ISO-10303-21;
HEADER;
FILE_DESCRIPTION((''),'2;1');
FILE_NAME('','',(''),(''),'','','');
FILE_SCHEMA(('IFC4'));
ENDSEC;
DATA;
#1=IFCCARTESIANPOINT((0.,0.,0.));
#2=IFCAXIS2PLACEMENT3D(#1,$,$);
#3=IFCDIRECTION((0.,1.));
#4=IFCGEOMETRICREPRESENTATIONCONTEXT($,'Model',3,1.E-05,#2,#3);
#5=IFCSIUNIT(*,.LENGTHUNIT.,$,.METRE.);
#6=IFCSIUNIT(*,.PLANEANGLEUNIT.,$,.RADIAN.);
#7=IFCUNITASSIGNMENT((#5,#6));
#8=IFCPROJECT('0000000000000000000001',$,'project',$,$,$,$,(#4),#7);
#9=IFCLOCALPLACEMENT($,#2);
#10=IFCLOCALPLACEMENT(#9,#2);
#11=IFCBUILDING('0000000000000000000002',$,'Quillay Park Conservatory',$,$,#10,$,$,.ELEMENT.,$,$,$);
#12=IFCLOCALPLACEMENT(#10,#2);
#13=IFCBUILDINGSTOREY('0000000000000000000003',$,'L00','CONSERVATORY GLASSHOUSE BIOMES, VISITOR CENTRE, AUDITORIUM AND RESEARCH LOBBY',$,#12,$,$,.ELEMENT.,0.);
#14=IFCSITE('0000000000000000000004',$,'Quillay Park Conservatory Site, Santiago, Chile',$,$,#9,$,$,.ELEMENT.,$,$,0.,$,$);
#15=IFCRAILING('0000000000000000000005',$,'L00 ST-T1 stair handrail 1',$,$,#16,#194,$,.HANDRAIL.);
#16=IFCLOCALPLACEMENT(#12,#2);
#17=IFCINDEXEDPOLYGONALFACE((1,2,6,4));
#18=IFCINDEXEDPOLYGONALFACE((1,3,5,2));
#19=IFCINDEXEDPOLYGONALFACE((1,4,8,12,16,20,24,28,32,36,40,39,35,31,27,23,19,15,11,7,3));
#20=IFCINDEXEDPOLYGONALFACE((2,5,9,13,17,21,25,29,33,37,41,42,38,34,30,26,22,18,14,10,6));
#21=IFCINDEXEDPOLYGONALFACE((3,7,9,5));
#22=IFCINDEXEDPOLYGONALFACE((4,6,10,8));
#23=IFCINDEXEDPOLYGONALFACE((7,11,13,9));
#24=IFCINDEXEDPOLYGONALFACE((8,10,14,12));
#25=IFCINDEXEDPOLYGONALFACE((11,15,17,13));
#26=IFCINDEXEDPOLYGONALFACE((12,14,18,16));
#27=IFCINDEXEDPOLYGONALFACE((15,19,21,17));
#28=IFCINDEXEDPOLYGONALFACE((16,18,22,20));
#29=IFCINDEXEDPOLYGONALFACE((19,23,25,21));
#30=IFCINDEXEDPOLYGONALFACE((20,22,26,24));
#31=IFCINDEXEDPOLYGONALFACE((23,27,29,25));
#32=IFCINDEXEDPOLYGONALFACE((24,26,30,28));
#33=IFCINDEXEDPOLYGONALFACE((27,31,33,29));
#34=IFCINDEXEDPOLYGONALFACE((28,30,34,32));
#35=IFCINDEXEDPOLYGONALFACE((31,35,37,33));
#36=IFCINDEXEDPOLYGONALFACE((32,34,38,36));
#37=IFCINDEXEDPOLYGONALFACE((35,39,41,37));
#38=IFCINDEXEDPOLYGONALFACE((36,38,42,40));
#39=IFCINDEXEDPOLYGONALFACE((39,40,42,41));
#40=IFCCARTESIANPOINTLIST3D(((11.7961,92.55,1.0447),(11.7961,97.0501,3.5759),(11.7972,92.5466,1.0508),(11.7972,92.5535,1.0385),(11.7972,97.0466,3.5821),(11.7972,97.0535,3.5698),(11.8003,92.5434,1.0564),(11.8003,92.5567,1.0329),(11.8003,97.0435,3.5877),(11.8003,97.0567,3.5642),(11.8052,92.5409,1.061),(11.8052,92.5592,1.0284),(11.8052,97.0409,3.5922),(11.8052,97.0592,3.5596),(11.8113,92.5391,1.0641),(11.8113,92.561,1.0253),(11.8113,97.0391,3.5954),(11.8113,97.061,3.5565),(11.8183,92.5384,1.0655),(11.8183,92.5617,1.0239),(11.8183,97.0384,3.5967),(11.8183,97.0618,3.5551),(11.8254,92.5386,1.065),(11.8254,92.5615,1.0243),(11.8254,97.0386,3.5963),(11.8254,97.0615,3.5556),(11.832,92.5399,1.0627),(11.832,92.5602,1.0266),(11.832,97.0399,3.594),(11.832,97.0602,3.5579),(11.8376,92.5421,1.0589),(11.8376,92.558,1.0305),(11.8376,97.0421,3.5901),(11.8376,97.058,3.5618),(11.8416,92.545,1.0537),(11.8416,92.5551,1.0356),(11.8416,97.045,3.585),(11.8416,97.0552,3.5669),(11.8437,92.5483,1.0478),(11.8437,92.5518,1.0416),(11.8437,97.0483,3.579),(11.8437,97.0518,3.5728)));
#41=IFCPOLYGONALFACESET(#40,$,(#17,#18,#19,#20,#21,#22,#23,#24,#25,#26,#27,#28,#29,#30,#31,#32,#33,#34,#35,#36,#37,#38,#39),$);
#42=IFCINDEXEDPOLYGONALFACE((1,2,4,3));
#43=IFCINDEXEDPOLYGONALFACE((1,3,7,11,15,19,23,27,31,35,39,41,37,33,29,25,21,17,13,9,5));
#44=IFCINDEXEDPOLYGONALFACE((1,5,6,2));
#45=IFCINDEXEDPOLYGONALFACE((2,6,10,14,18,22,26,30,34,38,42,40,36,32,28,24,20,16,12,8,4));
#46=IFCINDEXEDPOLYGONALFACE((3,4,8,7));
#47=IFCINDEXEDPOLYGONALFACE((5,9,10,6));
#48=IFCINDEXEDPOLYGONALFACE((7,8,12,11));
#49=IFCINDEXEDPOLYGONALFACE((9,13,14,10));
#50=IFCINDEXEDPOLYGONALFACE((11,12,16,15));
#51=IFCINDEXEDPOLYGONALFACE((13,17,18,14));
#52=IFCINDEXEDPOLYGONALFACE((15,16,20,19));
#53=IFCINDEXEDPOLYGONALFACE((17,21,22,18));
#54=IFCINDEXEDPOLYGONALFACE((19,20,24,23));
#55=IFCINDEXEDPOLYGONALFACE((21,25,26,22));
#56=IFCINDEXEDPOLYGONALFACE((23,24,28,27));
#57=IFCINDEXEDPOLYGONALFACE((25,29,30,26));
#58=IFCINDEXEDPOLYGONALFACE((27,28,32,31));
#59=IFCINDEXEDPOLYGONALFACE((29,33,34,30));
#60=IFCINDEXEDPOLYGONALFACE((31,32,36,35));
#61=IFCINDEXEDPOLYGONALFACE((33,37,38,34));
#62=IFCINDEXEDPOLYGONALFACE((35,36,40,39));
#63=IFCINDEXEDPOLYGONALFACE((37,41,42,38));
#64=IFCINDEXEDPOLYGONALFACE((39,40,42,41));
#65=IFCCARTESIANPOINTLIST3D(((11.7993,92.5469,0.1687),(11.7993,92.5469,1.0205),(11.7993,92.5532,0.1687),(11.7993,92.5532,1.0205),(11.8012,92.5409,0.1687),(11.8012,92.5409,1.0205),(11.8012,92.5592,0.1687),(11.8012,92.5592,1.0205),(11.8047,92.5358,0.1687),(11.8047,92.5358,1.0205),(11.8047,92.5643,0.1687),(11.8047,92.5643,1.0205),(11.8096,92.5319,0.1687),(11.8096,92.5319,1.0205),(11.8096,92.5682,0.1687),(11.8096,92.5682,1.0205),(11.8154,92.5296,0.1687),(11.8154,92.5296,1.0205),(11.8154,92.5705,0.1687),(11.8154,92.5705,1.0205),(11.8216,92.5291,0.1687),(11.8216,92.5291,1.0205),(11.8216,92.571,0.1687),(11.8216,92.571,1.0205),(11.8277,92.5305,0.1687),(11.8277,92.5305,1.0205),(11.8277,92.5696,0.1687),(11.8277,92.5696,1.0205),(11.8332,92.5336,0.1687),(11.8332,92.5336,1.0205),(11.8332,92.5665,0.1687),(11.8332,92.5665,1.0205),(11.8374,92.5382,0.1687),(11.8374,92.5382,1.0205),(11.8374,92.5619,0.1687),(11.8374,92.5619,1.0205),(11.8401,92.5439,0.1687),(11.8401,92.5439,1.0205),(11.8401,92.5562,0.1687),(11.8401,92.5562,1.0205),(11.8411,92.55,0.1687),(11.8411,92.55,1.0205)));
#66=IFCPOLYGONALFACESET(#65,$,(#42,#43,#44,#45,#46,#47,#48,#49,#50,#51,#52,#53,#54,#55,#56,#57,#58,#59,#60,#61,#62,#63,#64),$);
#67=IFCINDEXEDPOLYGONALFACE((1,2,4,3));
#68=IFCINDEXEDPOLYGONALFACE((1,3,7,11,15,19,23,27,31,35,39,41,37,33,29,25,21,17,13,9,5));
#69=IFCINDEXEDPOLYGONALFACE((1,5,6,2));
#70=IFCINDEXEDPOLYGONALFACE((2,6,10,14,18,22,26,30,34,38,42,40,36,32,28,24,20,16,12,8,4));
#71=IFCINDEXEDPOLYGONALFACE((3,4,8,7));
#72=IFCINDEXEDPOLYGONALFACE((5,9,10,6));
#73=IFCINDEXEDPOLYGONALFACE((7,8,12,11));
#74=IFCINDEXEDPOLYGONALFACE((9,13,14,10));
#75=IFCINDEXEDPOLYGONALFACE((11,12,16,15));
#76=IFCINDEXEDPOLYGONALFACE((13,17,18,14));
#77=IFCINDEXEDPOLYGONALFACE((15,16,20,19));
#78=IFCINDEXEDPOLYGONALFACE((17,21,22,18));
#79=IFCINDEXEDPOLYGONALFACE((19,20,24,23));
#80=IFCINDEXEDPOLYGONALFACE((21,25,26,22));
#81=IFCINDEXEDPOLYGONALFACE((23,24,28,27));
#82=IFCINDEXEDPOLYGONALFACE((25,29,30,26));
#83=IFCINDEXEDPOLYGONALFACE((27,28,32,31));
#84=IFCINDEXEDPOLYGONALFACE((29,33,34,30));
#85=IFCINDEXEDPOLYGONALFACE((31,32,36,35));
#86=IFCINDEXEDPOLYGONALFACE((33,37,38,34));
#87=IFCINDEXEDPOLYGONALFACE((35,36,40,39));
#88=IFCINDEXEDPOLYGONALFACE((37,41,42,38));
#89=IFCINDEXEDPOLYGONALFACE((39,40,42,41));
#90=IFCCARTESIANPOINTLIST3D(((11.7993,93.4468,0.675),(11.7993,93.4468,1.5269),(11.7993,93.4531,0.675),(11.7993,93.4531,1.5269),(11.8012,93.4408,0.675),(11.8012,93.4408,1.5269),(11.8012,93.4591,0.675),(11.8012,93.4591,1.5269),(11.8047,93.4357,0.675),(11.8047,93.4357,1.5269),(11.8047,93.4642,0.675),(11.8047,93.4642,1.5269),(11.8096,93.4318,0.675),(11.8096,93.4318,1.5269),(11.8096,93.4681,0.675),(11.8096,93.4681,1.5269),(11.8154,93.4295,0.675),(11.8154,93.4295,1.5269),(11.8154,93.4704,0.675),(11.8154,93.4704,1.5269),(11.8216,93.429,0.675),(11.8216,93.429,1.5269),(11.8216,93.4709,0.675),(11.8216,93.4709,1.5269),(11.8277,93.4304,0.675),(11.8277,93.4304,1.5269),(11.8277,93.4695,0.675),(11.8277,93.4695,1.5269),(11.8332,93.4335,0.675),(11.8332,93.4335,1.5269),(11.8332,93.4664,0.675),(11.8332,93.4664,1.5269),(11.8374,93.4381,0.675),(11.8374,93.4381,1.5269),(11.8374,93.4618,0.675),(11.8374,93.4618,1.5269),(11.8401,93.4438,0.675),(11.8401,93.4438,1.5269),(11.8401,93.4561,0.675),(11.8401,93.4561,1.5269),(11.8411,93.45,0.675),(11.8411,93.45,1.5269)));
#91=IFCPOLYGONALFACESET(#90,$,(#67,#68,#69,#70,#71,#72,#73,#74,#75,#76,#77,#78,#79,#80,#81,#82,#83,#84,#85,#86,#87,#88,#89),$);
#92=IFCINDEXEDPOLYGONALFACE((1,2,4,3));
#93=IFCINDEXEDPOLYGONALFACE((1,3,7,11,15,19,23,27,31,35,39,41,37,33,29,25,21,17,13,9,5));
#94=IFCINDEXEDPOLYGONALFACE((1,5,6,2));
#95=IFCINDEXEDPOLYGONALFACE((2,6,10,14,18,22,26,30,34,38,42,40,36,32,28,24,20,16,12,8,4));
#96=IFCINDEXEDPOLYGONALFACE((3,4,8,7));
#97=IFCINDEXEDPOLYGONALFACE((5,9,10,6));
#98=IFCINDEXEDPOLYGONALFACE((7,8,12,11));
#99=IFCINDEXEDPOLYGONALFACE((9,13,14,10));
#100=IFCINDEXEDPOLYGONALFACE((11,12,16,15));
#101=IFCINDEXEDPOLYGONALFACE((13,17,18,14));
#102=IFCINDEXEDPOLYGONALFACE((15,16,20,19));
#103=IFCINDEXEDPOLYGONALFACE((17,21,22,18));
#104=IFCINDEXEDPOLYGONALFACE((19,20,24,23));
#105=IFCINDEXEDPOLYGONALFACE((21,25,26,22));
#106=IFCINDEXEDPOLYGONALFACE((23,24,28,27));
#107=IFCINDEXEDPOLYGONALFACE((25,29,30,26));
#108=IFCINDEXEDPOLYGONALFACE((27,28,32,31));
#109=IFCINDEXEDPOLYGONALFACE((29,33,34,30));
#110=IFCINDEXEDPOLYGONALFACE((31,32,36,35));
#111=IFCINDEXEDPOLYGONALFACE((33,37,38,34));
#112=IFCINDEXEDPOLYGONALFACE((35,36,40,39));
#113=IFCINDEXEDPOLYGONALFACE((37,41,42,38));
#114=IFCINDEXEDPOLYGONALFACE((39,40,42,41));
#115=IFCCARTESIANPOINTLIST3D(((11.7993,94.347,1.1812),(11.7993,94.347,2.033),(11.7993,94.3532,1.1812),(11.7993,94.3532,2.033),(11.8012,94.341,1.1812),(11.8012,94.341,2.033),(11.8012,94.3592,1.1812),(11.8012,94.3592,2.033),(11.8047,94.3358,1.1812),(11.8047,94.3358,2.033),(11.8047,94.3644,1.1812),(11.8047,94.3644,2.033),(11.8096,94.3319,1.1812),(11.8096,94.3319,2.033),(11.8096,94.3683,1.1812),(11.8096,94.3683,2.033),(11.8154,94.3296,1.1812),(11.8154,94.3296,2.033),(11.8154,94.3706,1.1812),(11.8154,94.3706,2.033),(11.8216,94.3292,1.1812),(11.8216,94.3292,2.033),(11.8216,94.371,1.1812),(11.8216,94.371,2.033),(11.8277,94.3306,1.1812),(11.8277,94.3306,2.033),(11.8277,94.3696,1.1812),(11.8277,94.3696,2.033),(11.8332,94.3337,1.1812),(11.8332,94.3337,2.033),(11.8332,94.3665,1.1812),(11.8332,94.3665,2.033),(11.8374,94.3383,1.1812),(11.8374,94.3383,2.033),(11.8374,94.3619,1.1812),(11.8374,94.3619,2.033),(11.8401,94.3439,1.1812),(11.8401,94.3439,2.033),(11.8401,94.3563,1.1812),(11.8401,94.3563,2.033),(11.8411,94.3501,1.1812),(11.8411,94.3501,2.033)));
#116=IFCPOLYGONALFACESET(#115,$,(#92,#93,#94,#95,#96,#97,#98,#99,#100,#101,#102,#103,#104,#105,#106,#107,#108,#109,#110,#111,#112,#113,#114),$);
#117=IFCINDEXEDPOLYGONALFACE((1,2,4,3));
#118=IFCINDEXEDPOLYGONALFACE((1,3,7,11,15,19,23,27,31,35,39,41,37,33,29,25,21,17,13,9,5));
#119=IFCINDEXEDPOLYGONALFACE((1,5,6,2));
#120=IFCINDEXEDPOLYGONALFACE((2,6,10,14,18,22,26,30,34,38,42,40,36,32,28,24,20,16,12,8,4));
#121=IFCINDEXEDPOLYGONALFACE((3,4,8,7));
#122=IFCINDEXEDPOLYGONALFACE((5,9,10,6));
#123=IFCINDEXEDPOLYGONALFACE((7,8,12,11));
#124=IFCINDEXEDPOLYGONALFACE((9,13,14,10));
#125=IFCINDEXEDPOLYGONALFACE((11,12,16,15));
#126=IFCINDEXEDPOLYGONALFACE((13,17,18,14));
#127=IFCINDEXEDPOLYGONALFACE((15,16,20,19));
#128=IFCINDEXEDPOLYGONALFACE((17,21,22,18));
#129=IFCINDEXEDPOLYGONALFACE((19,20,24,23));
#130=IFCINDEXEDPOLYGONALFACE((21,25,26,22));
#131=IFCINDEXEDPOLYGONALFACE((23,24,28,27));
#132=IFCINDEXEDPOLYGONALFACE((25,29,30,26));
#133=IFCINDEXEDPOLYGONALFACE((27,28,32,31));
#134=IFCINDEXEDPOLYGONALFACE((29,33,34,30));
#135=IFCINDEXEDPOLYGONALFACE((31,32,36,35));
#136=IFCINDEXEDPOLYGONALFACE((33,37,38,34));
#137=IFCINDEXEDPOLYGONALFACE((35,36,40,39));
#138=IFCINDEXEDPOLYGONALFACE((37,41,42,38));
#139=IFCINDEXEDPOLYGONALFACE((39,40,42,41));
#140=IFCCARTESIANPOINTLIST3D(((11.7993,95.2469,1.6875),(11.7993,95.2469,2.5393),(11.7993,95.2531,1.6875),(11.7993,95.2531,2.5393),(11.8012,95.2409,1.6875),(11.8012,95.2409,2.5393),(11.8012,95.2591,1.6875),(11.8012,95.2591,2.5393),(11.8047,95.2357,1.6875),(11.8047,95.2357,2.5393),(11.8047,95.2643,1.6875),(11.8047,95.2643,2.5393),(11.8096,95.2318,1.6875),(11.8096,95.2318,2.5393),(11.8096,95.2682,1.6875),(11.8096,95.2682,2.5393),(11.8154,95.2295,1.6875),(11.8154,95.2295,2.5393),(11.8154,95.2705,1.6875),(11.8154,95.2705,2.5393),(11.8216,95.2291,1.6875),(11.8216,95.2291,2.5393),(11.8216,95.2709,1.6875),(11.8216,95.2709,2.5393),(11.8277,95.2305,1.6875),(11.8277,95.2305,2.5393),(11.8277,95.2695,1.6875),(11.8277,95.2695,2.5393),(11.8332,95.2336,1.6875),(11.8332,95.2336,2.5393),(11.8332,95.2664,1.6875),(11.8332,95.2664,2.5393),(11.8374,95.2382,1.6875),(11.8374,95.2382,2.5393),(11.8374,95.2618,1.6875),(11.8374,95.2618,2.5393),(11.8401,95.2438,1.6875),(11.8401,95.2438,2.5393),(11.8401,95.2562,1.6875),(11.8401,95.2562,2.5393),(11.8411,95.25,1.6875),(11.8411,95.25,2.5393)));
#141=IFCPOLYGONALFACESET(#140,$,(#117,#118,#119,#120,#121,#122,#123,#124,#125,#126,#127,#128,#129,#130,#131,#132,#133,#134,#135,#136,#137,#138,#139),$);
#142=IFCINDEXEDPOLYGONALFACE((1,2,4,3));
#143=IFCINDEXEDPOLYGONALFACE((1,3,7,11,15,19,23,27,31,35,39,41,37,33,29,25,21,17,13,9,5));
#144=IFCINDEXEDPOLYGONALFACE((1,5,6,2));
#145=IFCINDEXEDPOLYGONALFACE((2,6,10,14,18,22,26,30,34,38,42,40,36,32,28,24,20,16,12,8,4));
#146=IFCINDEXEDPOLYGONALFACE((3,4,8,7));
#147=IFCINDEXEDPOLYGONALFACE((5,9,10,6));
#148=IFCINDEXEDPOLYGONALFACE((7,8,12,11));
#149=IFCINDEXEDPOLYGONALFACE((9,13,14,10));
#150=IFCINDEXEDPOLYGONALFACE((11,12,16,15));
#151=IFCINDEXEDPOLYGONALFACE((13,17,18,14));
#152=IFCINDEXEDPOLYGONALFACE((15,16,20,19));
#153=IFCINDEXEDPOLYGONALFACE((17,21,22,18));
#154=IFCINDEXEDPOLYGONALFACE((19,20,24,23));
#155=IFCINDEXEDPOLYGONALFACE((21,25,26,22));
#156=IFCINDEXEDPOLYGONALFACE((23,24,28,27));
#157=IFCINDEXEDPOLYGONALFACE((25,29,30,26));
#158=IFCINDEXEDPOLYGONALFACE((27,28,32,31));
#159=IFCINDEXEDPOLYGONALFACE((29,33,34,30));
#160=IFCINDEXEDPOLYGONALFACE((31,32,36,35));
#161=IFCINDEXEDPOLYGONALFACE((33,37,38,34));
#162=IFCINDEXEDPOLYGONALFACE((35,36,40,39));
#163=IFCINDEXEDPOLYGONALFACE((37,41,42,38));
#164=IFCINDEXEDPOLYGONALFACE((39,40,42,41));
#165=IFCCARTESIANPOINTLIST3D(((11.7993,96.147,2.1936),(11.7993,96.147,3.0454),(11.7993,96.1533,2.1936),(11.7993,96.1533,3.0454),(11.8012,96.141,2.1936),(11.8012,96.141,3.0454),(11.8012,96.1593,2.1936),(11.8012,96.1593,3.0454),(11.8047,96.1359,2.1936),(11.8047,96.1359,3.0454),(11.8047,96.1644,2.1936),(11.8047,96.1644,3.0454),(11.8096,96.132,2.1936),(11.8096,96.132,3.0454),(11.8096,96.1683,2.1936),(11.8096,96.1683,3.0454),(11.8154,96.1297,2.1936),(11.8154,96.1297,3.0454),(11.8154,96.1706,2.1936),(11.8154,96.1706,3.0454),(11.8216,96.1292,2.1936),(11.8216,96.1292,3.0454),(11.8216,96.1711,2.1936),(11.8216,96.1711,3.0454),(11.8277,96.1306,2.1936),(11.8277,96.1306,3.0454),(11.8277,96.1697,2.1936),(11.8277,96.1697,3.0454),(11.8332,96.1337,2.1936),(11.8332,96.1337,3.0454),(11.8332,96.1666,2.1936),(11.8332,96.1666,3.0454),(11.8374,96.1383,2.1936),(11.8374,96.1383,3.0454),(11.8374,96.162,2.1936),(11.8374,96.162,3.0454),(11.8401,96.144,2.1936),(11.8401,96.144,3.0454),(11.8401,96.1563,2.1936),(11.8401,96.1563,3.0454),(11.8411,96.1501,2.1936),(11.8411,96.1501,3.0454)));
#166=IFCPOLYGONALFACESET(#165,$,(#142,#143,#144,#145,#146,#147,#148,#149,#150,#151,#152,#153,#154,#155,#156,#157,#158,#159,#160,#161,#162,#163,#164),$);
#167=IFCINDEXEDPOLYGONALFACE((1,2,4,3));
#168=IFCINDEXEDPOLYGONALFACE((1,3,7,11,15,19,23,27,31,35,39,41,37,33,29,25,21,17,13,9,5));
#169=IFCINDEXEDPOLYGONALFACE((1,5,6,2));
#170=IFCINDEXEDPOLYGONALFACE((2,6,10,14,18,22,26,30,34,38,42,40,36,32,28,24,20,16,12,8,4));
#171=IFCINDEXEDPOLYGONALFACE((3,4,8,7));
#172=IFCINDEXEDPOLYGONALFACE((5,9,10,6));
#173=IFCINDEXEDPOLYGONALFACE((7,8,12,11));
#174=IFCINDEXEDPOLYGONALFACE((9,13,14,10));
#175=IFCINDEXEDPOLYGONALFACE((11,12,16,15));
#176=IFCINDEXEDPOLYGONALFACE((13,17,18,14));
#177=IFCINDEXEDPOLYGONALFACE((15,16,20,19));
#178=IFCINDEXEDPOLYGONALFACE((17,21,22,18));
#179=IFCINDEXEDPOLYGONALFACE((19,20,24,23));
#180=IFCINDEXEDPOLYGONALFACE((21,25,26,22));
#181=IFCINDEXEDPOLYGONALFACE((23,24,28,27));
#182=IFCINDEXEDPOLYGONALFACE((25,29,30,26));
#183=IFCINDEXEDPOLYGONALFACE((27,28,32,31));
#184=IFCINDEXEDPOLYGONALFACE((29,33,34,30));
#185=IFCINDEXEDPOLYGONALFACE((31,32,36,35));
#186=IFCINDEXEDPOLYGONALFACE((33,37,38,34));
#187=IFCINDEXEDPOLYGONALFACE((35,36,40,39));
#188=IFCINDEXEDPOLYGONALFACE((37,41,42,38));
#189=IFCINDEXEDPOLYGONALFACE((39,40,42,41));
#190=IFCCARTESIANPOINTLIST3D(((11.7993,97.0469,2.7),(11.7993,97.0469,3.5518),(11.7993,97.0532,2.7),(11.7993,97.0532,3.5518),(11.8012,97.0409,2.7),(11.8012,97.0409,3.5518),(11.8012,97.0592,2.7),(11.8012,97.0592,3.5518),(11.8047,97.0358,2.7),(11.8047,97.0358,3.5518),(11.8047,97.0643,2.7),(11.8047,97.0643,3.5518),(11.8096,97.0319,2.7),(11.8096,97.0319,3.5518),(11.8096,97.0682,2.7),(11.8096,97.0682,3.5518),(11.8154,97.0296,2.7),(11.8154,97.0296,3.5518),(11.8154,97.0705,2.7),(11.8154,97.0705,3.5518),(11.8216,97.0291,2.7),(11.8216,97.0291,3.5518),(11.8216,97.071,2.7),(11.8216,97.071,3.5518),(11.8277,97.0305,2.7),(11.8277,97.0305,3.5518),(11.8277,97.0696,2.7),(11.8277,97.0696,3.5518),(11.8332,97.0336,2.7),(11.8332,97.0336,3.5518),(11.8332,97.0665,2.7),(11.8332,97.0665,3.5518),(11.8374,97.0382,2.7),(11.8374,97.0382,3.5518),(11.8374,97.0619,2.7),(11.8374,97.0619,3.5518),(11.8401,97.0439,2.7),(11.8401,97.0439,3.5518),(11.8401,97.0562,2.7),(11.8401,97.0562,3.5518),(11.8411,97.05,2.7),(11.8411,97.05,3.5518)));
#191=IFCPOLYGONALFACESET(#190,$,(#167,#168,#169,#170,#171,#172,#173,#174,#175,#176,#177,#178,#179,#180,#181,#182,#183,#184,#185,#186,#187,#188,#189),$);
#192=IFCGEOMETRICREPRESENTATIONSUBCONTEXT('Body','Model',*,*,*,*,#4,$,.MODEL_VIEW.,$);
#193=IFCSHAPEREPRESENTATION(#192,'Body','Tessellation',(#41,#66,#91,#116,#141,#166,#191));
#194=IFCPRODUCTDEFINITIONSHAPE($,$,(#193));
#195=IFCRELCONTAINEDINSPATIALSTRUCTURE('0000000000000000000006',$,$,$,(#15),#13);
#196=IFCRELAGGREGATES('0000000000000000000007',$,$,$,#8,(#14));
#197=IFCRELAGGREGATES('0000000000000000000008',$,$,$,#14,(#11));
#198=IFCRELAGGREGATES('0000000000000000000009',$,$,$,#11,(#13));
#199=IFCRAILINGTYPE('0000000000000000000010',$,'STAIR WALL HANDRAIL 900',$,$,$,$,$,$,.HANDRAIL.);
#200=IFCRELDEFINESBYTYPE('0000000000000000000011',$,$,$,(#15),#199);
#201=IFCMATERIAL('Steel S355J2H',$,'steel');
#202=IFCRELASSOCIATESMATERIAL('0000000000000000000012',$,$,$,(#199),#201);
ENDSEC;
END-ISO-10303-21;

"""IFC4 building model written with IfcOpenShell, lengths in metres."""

from ifc_helpers import new_model, si_unit, direction, frame, origin, origin_2d, place, context, subcontext, project, spatial, circle, extrude, material, type_object, element, save


model = new_model("IFC4")

# Units and contexts
model_context = context("Model", 3, precision=1e-05, world=origin(), true_north=direction((0.0, 1.0)))
body_context = subcontext(model_context, "Body", "Model", "MODEL_VIEW")
ifc_project = project(units=[si_unit("LENGTHUNIT", "METRE"), si_unit("PLANEANGLEUNIT", "RADIAN")], contexts=[model_context])

# Site, building, storey
site_placement = place(None, origin())
site = spatial("IfcSite", under=ifc_project, at=site_placement, Name="Quillay Park Conservatory Site, Santiago, Chile", CompositionType="ELEMENT", RefElevation=0.0)
building_placement = place(site_placement, origin())
building = spatial("IfcBuilding", under=site, at=building_placement, Name="Quillay Park Conservatory", CompositionType="ELEMENT")
storey_placement = place(building_placement, origin())
storey = spatial("IfcBuildingStorey", under=building, at=storey_placement, Name="L00", Description="CONSERVATORY GLASSHOUSE BIOMES, VISITOR CENTRE, AUDITORIUM AND RESEARCH LOBBY", CompositionType="ELEMENT", Elevation=0.0)

# Railing
ifc_material_1 = material(Name="Steel S355J2H", Category="steel")
railing_type_1 = type_object("IfcRailingType", Name="STAIR WALL HANDRAIL 900", PredefinedType="HANDRAIL", material=ifc_material_1)
railing_1_placement = place(storey_placement, frame((11.8201, 92.55, 0.1687)))
element("IfcRailing", 1, at=railing_1_placement, inside=storey, type_object=railing_type_1, Name="L00 ST-T1 stair handrail 1", PredefinedType="HANDRAIL", context=body_context, shape_type="SweptSolid", body=[
    extrude(circle(Radius=0.0239, at=origin_2d()), frame((0.0, 0.0, 0.876), z_axis=(0.0, 0.871576, 0.490261), x_axis=(-1.0, 0.0, 0.0)), (0.0, 0.0, 1.0), 5.1631),
    extrude(circle(Radius=0.021, at=origin_2d()), origin(), (0.0, 0.0, 1.0), 0.8518),
    extrude(circle(Radius=0.021, at=origin_2d()), frame((0.0, 0.8999, 0.5063)), (0.0, 0.0, 1.0), 0.8518),
    extrude(circle(Radius=0.021, at=origin_2d()), frame((0.0, 1.8, 1.0125)), (0.0, 0.0, 1.0), 0.8518),
    extrude(circle(Radius=0.021, at=origin_2d()), frame((0.0, 2.7, 1.5188)), (0.0, 0.0, 1.0), 0.8518),
    extrude(circle(Radius=0.021, at=origin_2d()), frame((0.0, 3.6001, 2.0249)), (0.0, 0.0, 1.0), 0.8518),
    extrude(circle(Radius=0.021, at=origin_2d()), frame((0.0, 4.5, 2.5312)), (0.0, 0.0, 1.0), 0.8518),
])

save(model, "model.ifc")
